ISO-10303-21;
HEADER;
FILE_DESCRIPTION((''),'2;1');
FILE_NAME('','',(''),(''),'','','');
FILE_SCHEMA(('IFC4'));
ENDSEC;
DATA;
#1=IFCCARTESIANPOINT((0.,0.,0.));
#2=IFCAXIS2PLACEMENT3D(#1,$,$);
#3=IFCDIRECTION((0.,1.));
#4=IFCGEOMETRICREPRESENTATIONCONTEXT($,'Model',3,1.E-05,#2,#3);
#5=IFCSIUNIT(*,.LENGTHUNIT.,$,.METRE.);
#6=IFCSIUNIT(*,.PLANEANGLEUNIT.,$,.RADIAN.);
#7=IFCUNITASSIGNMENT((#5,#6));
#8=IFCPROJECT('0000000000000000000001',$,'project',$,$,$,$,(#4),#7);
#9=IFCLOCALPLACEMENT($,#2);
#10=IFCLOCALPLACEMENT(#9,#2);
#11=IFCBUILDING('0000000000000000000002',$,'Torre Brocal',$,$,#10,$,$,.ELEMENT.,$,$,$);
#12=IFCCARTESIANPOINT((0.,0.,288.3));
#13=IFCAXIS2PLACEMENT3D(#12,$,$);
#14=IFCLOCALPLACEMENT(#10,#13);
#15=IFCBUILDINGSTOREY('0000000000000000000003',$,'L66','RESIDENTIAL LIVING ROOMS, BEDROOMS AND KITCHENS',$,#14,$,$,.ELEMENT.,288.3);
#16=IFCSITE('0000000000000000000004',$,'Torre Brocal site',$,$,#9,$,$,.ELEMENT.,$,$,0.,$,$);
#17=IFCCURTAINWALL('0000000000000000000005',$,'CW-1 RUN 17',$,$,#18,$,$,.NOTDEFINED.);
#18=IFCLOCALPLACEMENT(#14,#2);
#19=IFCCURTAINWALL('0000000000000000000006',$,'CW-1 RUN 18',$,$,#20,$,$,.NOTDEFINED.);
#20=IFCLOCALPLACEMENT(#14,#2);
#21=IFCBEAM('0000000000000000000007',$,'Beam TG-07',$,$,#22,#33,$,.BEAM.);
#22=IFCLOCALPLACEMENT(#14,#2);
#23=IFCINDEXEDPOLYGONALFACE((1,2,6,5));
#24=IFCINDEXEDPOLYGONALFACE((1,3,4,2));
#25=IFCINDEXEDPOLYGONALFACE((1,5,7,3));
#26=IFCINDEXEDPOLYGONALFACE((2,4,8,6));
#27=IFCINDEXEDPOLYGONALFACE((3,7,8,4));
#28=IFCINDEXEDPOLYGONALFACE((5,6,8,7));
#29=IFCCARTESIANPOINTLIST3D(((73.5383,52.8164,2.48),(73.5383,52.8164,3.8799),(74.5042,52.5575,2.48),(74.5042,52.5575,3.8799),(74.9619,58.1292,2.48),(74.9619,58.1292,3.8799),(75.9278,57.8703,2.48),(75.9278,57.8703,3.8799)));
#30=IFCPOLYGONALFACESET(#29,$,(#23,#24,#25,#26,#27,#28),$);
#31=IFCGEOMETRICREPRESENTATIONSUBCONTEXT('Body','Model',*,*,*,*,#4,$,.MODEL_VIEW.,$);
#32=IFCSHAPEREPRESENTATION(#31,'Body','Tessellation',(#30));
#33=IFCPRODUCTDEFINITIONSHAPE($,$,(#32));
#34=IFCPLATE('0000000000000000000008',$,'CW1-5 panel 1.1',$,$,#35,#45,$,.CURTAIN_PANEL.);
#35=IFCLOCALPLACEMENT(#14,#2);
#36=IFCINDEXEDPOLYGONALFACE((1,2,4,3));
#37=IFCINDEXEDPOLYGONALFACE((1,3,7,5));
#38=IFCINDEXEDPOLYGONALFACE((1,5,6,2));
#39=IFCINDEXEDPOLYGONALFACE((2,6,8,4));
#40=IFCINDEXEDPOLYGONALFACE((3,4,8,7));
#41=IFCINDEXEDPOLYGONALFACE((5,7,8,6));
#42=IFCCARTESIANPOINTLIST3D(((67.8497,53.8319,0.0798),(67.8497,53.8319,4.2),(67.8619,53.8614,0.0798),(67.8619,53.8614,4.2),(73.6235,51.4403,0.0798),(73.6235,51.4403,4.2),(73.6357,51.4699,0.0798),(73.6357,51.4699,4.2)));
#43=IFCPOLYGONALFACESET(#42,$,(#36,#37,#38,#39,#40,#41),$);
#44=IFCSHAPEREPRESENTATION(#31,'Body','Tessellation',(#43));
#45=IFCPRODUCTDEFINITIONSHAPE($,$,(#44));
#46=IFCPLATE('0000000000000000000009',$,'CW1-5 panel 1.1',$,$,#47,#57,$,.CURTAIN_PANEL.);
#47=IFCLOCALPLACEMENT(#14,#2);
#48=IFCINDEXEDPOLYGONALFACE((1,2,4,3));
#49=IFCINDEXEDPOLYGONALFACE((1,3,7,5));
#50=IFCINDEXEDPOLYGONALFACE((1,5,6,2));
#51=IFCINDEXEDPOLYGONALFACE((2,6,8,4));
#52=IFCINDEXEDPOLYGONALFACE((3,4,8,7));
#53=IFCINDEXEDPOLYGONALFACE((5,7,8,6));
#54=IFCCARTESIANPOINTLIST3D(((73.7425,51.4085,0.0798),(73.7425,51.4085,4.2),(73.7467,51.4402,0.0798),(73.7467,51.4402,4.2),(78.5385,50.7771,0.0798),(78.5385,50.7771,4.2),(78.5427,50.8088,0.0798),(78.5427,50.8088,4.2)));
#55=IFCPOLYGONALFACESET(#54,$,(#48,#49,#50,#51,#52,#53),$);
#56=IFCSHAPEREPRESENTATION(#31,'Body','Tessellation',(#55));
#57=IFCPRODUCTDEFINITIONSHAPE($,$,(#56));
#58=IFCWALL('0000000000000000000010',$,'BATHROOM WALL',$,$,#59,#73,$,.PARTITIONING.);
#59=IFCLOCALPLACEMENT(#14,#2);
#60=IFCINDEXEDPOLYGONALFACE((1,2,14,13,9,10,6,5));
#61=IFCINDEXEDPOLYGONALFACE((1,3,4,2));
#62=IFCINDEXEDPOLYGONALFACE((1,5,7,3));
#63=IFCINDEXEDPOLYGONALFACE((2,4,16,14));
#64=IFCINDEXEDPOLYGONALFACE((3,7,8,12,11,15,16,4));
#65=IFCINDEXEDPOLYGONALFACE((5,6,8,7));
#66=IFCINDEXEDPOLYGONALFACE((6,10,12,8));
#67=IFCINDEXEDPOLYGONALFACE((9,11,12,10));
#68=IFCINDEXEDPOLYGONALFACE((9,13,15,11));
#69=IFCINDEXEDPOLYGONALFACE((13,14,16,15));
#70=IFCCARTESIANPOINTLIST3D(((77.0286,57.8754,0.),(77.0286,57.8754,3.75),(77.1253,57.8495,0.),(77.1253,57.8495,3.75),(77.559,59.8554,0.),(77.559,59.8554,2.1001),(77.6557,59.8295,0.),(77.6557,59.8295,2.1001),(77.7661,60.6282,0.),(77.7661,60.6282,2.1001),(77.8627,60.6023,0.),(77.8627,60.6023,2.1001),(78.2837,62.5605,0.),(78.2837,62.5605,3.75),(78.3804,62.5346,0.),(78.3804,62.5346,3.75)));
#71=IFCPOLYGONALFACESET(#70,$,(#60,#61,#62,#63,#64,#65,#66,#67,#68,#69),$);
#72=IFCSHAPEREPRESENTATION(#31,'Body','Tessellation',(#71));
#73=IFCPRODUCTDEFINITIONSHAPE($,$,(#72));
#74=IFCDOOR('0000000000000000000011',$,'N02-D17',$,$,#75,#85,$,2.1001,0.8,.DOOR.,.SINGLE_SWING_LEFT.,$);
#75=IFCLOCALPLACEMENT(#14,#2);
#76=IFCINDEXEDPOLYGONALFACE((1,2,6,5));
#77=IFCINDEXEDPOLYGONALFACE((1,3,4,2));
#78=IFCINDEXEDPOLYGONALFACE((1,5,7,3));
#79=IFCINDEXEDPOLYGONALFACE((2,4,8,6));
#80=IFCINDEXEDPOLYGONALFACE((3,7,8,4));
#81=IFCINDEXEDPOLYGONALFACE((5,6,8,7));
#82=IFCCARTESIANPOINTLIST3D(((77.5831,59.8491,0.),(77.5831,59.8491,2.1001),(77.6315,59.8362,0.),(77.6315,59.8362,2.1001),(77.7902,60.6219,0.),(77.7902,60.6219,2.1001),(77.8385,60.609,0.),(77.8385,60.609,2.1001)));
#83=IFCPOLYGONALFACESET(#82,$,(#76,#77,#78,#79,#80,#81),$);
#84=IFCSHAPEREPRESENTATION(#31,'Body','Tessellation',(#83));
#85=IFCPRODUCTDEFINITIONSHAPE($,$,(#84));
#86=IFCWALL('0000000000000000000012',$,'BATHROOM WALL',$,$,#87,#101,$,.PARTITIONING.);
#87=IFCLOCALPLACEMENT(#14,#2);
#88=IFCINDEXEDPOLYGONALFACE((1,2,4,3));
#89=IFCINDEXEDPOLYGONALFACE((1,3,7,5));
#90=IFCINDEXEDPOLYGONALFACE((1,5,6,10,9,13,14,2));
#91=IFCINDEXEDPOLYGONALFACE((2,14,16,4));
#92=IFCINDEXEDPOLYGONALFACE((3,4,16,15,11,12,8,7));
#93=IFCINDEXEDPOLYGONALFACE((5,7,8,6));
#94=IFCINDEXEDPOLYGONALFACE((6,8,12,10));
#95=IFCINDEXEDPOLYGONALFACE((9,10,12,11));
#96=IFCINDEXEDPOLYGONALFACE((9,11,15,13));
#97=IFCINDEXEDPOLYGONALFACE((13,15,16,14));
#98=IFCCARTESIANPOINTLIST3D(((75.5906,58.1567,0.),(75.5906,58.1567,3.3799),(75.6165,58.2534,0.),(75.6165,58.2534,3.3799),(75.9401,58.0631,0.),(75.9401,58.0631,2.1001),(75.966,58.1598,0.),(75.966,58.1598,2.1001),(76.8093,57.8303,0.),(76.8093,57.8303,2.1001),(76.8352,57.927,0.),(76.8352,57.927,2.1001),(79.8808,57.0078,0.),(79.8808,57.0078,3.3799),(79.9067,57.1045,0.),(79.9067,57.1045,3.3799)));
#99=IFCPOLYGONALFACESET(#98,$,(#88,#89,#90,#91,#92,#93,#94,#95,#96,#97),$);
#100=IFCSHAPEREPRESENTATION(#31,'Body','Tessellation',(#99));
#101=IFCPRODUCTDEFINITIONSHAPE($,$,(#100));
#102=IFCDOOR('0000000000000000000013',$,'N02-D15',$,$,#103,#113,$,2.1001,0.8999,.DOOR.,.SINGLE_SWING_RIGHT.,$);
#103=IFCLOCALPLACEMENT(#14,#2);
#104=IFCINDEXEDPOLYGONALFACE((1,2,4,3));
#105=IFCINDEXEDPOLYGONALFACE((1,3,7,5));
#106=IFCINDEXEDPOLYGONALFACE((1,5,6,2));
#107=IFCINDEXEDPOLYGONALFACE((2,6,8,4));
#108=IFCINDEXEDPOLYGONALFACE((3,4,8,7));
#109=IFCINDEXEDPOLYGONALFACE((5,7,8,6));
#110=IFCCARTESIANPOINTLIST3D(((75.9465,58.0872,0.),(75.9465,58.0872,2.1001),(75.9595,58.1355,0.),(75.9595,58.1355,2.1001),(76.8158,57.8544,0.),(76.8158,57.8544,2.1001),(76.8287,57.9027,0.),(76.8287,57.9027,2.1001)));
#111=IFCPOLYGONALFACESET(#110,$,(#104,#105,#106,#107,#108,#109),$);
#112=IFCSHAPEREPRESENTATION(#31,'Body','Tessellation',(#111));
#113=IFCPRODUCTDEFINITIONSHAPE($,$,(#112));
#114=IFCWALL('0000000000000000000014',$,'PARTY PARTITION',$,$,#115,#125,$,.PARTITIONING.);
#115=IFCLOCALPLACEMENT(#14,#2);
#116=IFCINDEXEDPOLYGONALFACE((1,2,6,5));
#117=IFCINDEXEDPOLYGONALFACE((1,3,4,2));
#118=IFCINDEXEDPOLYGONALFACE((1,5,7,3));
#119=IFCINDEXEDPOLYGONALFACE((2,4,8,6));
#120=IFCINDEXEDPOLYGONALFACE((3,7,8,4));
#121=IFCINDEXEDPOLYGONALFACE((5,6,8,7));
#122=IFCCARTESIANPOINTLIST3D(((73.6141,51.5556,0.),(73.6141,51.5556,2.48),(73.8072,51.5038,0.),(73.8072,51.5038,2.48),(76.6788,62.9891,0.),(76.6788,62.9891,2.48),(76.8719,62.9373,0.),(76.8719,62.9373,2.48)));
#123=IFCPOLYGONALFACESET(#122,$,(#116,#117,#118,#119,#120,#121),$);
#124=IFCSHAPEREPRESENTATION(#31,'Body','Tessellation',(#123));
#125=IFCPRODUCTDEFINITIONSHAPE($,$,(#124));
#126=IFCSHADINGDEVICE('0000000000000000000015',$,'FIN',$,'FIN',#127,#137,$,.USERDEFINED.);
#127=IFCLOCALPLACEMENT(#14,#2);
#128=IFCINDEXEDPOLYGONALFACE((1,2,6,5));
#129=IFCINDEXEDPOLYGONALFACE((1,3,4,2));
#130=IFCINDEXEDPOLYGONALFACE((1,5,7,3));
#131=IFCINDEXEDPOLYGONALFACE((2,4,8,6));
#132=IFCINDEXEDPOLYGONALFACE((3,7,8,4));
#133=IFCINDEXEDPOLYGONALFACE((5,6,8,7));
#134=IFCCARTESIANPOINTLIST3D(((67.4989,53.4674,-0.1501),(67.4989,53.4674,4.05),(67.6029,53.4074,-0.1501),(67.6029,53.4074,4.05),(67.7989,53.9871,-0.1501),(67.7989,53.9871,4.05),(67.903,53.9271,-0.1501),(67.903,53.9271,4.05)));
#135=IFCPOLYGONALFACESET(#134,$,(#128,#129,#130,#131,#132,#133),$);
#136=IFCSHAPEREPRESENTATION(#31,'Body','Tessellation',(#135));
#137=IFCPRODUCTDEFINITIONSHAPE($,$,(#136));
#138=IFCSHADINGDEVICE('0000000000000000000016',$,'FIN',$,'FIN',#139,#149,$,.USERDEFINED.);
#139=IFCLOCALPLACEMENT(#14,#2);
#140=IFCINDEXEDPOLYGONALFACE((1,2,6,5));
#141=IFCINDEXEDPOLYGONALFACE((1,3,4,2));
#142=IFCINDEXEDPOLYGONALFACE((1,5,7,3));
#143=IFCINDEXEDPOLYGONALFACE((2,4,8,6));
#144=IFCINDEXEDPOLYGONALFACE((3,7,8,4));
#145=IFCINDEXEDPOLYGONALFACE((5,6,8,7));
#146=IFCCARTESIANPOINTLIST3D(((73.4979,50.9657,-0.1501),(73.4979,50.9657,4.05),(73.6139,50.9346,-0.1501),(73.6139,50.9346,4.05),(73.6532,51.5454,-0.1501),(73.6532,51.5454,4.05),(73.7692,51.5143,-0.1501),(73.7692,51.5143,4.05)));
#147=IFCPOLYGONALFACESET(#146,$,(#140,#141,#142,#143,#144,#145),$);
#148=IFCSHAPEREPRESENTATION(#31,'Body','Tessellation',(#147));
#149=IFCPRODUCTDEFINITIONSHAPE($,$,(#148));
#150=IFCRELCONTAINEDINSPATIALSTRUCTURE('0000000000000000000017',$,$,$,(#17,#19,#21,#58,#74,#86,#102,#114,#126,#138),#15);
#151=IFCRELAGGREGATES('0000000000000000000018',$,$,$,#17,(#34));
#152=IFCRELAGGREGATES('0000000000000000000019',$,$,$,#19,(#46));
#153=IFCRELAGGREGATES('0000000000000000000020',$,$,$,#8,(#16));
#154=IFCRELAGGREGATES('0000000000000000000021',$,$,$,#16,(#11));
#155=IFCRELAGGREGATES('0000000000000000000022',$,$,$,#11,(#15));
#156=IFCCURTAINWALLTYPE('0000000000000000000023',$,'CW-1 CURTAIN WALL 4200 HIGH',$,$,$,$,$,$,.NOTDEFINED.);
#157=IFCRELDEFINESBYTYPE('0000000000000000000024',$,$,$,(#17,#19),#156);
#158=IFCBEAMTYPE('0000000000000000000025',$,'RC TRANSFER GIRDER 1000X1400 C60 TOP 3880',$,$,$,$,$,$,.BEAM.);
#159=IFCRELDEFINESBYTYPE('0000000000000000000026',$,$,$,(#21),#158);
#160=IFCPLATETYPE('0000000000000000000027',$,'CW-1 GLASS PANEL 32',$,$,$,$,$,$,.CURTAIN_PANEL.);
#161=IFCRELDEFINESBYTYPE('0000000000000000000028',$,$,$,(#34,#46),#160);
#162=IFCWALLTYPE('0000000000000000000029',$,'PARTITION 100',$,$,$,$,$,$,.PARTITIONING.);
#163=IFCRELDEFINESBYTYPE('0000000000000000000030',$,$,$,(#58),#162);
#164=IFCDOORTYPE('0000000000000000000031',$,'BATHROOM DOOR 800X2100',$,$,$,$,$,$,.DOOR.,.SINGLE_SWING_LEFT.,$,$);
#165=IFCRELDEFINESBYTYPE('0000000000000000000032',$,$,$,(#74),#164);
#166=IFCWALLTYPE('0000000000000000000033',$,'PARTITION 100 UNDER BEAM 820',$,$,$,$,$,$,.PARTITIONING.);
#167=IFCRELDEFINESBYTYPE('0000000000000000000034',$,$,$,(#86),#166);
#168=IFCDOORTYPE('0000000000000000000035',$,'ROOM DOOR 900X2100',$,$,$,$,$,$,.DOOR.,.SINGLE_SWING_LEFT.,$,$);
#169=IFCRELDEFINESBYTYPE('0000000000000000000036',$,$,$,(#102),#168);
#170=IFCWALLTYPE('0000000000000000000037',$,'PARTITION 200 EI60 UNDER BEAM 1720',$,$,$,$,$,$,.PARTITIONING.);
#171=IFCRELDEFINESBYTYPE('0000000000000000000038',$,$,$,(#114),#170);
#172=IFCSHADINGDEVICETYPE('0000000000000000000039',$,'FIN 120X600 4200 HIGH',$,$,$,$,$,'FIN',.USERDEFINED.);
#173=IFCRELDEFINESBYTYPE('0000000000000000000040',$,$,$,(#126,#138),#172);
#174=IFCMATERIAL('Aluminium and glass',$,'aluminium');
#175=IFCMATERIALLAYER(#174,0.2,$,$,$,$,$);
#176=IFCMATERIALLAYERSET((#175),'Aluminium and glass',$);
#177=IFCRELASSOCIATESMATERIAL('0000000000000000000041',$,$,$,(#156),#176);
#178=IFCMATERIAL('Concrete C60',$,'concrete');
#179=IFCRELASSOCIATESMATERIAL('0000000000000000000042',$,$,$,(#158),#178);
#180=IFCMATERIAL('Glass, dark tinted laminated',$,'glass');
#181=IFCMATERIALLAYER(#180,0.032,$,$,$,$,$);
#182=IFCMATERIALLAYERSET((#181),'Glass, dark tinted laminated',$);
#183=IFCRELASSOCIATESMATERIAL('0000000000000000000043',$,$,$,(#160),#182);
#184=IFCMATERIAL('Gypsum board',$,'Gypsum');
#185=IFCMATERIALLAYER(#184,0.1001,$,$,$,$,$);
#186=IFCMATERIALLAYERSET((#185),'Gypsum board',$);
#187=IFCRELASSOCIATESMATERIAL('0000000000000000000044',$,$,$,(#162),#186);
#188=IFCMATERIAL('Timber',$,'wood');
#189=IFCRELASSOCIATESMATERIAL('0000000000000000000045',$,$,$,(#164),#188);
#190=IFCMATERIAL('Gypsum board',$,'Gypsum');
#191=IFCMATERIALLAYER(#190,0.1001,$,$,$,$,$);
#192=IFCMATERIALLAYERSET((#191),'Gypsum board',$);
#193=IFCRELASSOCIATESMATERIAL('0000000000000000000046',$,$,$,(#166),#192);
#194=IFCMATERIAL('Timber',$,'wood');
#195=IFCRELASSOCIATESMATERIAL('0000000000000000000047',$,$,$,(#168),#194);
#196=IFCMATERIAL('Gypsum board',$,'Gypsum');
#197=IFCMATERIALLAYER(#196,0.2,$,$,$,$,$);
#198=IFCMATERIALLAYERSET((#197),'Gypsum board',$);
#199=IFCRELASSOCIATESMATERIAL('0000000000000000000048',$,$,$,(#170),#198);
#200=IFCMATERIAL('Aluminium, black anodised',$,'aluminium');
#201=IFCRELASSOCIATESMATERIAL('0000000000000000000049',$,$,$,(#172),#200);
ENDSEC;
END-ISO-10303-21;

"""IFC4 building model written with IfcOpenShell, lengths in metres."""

from ifc_helpers import new_model, si_unit, direction, frame, frame_2d, origin, origin_2d, place, context, subcontext, project, spatial, rectangle, extrude, material, layer, layer_set, material_profile, profile_set, type_object, element, fill, aggregate, save


model = new_model("IFC4")

# Units and contexts
model_context = context("Model", 3, precision=1e-05, world=origin(), true_north=direction((0.0, 1.0)))
body_context = subcontext(model_context, "Body", "Model", "MODEL_VIEW")
ifc_project = project(units=[si_unit("LENGTHUNIT", "METRE"), si_unit("PLANEANGLEUNIT", "RADIAN")], contexts=[model_context])

# Site, building, storey
site_placement = place(None, origin())
site = spatial("IfcSite", under=ifc_project, at=site_placement, Name="Torre Brocal site", CompositionType="ELEMENT", RefElevation=0.0)
building_placement = place(site_placement, origin())
building = spatial("IfcBuilding", under=site, at=building_placement, Name="Torre Brocal", CompositionType="ELEMENT")
storey_placement = place(building_placement, frame((0.0, 0.0, 288.3)))
storey = spatial("IfcBuildingStorey", under=building, at=storey_placement, Name="L66", Description="RESIDENTIAL LIVING ROOMS, BEDROOMS AND KITCHENS", CompositionType="ELEMENT", Elevation=288.3)

# Shared definitions
ifc_material_1 = material(Name="Aluminium and glass", Category="aluminium")
ifc_layer_1 = layer(ifc_material_1, 0.2)
ifc_layer_set_1 = layer_set([ifc_layer_1], Name="Aluminium and glass")
curtain_wall_type = type_object("IfcCurtainWallType", Name="CW-1 CURTAIN WALL 4200 HIGH", PredefinedType="NOTDEFINED", material=ifc_layer_set_1)

# Curtain walls
curtain_wall_1_placement = place(storey_placement, origin())
curtain_wall_1 = element("IfcCurtainWall", 1, at=curtain_wall_1_placement, inside=storey, type_object=curtain_wall_type, Name="CW-1 RUN 17", PredefinedType="NOTDEFINED")
curtain_wall_2_placement = place(storey_placement, origin())
curtain_wall_2 = element("IfcCurtainWall", 2, at=curtain_wall_2_placement, inside=storey, type_object=curtain_wall_type, Name="CW-1 RUN 18", PredefinedType="NOTDEFINED")

# Beam
ifc_material_2 = material(Name="Concrete C60", Category="concrete")
ifc_material_profile_1 = material_profile(ifc_material_2, rectangle(XDim=1.0, YDim=1.3999, at=origin_2d()), Name="RC 1000X1400")
ifc_profile_set_1 = profile_set([ifc_material_profile_1], Name="Concrete C60")
beam_type_1 = type_object("IfcBeamType", Name="RC TRANSFER GIRDER 1000X1400 C60 TOP 3880", PredefinedType="BEAM", material=ifc_profile_set_1)
beam_1_placement = place(storey_placement, frame((75.4448, 57.9998, 3.1799), z_axis=(-0.258826, -0.965924, 0.0), x_axis=(0.965924, -0.258826, 0.0)))
element("IfcBeam", 3, at=beam_1_placement, inside=storey, type_object=beam_type_1, Name="Beam TG-07", PredefinedType="BEAM", context=body_context, shape_type="SweptSolid", body=[
    extrude(rectangle(XDim=1.0, YDim=1.3999, at=origin_2d()), origin(), (0.0, 0.0, 1.0), 5.5002),
])

# Plates
ifc_material_3 = material(Name="Glass, dark tinted laminated", Category="glass")
ifc_layer_2 = layer(ifc_material_3, 0.032)
ifc_layer_set_2 = layer_set([ifc_layer_2], Name="Glass, dark tinted laminated")
plate_type = type_object("IfcPlateType", Name="CW-1 GLASS PANEL 32", PredefinedType="CURTAIN_PANEL", material=ifc_layer_set_2)
plate_1_placement = place(storey_placement, frame((70.7427, 52.6509, 0.0798), z_axis=(0.0, 0.0, 1.0), x_axis=(0.92388, -0.382683, 0.0)))
plate_1 = element("IfcPlate", 4, at=plate_1_placement, type_object=plate_type, Name="CW1-5 panel 1.1", PredefinedType="CURTAIN_PANEL", context=body_context, shape_type="SweptSolid", body=[
    extrude(rectangle(XDim=6.2495, YDim=0.032, at=origin_2d()), origin(), (0.0, 0.0, 1.0), 4.1201),
])
aggregate(curtain_wall_1, [plate_1])
plate_2_placement = place(storey_placement, frame((76.1426, 51.1086, 0.0798), z_axis=(0.0, 0.0, 1.0), x_axis=(0.991445, -0.130526, 0.0)))
plate_2 = element("IfcPlate", 5, at=plate_2_placement, type_object=plate_type, Name="CW1-5 panel 1.1", PredefinedType="CURTAIN_PANEL", context=body_context, shape_type="SweptSolid", body=[
    extrude(rectangle(XDim=4.8374, YDim=0.032, at=origin_2d()), origin(), (0.0, 0.0, 1.0), 4.1201),
])
aggregate(curtain_wall_2, [plate_2])

# Walls, openings, doors
ifc_material_4 = material(Name="Gypsum board", Category="Gypsum")
ifc_layer_3 = layer(ifc_material_4, 0.1001)
ifc_layer_set_3 = layer_set([ifc_layer_3], Name="Gypsum board")
wall_type_1 = type_object("IfcWallType", Name="PARTITION 100", PredefinedType="PARTITIONING", material=ifc_layer_set_3)
wall_1_placement = place(storey_placement, frame((77.0769, 57.8623, 0.0), z_axis=(0.0, 0.0, 1.0), x_axis=(0.258775, 0.965938, 0.0)))
wall_1 = element("IfcWall", 6, at=wall_1_placement, inside=storey, type_object=wall_type_1, Name="BATHROOM WALL", PredefinedType="PARTITIONING", context=body_context, shape_type="SweptSolid", body=[
    extrude(rectangle(XDim=4.8503, YDim=0.1001, at=frame_2d((2.4253, 0.0))), origin(), (0.0, 0.0, 1.0), 3.75),
])
opening_1_placement = place(wall_1_placement, frame((2.05, 0.0, 0.0)))
opening_1 = element("IfcOpeningElement", 7, at=opening_1_placement, cuts=wall_1, PredefinedType="OPENING", context=body_context, shape_type="SweptSolid", body=[
    extrude(rectangle(XDim=0.8, YDim=2.1001, at=frame_2d((0.3999, 1.05))), frame((0.0, 0.0601, 0.0), z_axis=(0.0, -1.0, 0.0), x_axis=(1.0, 0.0, 0.0)), (0.0, 0.0, 1.0), 0.1201),
])
ifc_material_5 = material(Name="Timber", Category="wood")
door_type_1 = type_object("IfcDoorType", Name="BATHROOM DOOR 800X2100", OperationType="SINGLE_SWING_LEFT", PredefinedType="DOOR", material=ifc_material_5)
door_1_placement = place(opening_1_placement, frame((0.8, 0.0, 0.0), z_axis=(0.0, 0.0, 1.0), x_axis=(-1.0, 0.0, 0.0)))
door_1 = element("IfcDoor", 8, at=door_1_placement, inside=storey, type_object=door_type_1, Name="N02-D17", OperationType="SINGLE_SWING_LEFT", OverallHeight=2.1001, OverallWidth=0.8, PredefinedType="DOOR", context=body_context, shape_type="SweptSolid", body=[
    extrude(rectangle(XDim=0.8, YDim=2.1001, at=frame_2d((0.3999, 1.05))), frame((0.0, 0.0249, 0.0), z_axis=(0.0, -1.0, 0.0), x_axis=(1.0, 0.0, 0.0)), (0.0, 0.0, 1.0), 0.05),
])
fill(opening_1, door_1)
ifc_material_6 = material(Name="Gypsum board", Category="Gypsum")
ifc_layer_4 = layer(ifc_material_6, 0.1001)
ifc_layer_set_4 = layer_set([ifc_layer_4], Name="Gypsum board")
wall_type_2 = type_object("IfcWallType", Name="PARTITION 100 UNDER BEAM 820", PredefinedType="PARTITIONING", material=ifc_layer_set_4)
wall_2_placement = place(storey_placement, frame((75.6035, 58.2051, 0.0), z_axis=(0.0, 0.0, 1.0), x_axis=(0.965963, -0.258682, 0.0)))
wall_2 = element("IfcWall", 9, at=wall_2_placement, inside=storey, type_object=wall_type_2, Name="BATHROOM WALL", PredefinedType="PARTITIONING", context=body_context, shape_type="SweptSolid", body=[
    extrude(rectangle(XDim=4.4414, YDim=0.1001, at=frame_2d((2.2207, 0.0))), origin(), (0.0, 0.0, 1.0), 3.3799),
])
opening_2_placement = place(wall_2_placement, frame((0.3618, 0.0, 0.0)))
opening_2 = element("IfcOpeningElement", 10, at=opening_2_placement, cuts=wall_2, PredefinedType="OPENING", context=body_context, shape_type="SweptSolid", body=[
    extrude(rectangle(XDim=0.8999, YDim=2.1001, at=frame_2d((0.45, 1.05))), frame((0.0, 0.0601, 0.0), z_axis=(0.0, -1.0, 0.0), x_axis=(1.0, 0.0, 0.0)), (0.0, 0.0, 1.0), 0.1201),
])
ifc_material_7 = material(Name="Timber", Category="wood")
door_type_2 = type_object("IfcDoorType", Name="ROOM DOOR 900X2100", OperationType="SINGLE_SWING_LEFT", PredefinedType="DOOR", material=ifc_material_7)
door_2_placement = place(opening_2_placement, origin())
door_2 = element("IfcDoor", 11, at=door_2_placement, inside=storey, type_object=door_type_2, Name="N02-D15", OperationType="SINGLE_SWING_RIGHT", OverallHeight=2.1001, OverallWidth=0.8999, PredefinedType="DOOR", context=body_context, shape_type="SweptSolid", body=[
    extrude(rectangle(XDim=0.8999, YDim=2.1001, at=frame_2d((0.45, 1.05))), frame((0.0, 0.0249, 0.0), z_axis=(0.0, -1.0, 0.0), x_axis=(1.0, 0.0, 0.0)), (0.0, 0.0, 1.0), 0.05),
])
fill(opening_2, door_2)

# Wall
ifc_material_8 = material(Name="Gypsum board", Category="Gypsum")
ifc_layer_5 = layer(ifc_material_8, 0.2)
ifc_layer_set_5 = layer_set([ifc_layer_5], Name="Gypsum board")
wall_type_3 = type_object("IfcWallType", Name="PARTITION 200 EI60 UNDER BEAM 1720", PredefinedType="PARTITIONING", material=ifc_layer_set_5)
wall_3_placement = place(storey_placement, frame((73.7107, 51.5298, 0.0), z_axis=(0.0, 0.0, 1.0), x_axis=(0.258904, 0.965903, 0.0)))
element("IfcWall", 12, at=wall_3_placement, inside=storey, type_object=wall_type_3, Name="PARTY PARTITION", PredefinedType="PARTITIONING", context=body_context, shape_type="SweptSolid", body=[
    extrude(rectangle(XDim=11.8372, YDim=0.2, at=frame_2d((5.9185, 0.0))), origin(), (0.0, 0.0, 1.0), 2.48),
])

# Shading devices
ifc_material_9 = material(Name="Aluminium, black anodised", Category="aluminium")
ifc_material_profile_2 = material_profile(ifc_material_9, rectangle(XDim=0.1201, YDim=0.6001, at=origin_2d()), Name="FIN 120X600 4200 HIGH")
ifc_profile_set_2 = profile_set([ifc_material_profile_2], Name="Aluminium, black anodised")
shading_device_type = type_object("IfcShadingDeviceType", Name="FIN 120X600 4200 HIGH", ElementType="FIN", PredefinedType="USERDEFINED", material=ifc_profile_set_2)
for number, where, z_axis, x_axis, name in (
    (13, (67.7009, 53.6973, -0.1501), (0.0, 0.0, 1.0), (0.866025, -0.5, 0.0), "FIN"),
    (14, (73.6335, 51.24, -0.1501), (0.0, 0.0, 1.0), (0.965926, -0.258819, 0.0), "FIN"),
):
    element("IfcShadingDevice", number, at=place(storey_placement, frame(where, z_axis=z_axis, x_axis=x_axis)), inside=storey, type_object=shading_device_type, Name=name, ObjectType="FIN", PredefinedType="USERDEFINED", context=body_context, shape_type="SweptSolid", body=[
        extrude(rectangle(XDim=0.1201, YDim=0.6001, at=origin_2d()), origin(), (0.0, 0.0, 1.0), 4.2002),
    ])

save(model, "model.ifc")
